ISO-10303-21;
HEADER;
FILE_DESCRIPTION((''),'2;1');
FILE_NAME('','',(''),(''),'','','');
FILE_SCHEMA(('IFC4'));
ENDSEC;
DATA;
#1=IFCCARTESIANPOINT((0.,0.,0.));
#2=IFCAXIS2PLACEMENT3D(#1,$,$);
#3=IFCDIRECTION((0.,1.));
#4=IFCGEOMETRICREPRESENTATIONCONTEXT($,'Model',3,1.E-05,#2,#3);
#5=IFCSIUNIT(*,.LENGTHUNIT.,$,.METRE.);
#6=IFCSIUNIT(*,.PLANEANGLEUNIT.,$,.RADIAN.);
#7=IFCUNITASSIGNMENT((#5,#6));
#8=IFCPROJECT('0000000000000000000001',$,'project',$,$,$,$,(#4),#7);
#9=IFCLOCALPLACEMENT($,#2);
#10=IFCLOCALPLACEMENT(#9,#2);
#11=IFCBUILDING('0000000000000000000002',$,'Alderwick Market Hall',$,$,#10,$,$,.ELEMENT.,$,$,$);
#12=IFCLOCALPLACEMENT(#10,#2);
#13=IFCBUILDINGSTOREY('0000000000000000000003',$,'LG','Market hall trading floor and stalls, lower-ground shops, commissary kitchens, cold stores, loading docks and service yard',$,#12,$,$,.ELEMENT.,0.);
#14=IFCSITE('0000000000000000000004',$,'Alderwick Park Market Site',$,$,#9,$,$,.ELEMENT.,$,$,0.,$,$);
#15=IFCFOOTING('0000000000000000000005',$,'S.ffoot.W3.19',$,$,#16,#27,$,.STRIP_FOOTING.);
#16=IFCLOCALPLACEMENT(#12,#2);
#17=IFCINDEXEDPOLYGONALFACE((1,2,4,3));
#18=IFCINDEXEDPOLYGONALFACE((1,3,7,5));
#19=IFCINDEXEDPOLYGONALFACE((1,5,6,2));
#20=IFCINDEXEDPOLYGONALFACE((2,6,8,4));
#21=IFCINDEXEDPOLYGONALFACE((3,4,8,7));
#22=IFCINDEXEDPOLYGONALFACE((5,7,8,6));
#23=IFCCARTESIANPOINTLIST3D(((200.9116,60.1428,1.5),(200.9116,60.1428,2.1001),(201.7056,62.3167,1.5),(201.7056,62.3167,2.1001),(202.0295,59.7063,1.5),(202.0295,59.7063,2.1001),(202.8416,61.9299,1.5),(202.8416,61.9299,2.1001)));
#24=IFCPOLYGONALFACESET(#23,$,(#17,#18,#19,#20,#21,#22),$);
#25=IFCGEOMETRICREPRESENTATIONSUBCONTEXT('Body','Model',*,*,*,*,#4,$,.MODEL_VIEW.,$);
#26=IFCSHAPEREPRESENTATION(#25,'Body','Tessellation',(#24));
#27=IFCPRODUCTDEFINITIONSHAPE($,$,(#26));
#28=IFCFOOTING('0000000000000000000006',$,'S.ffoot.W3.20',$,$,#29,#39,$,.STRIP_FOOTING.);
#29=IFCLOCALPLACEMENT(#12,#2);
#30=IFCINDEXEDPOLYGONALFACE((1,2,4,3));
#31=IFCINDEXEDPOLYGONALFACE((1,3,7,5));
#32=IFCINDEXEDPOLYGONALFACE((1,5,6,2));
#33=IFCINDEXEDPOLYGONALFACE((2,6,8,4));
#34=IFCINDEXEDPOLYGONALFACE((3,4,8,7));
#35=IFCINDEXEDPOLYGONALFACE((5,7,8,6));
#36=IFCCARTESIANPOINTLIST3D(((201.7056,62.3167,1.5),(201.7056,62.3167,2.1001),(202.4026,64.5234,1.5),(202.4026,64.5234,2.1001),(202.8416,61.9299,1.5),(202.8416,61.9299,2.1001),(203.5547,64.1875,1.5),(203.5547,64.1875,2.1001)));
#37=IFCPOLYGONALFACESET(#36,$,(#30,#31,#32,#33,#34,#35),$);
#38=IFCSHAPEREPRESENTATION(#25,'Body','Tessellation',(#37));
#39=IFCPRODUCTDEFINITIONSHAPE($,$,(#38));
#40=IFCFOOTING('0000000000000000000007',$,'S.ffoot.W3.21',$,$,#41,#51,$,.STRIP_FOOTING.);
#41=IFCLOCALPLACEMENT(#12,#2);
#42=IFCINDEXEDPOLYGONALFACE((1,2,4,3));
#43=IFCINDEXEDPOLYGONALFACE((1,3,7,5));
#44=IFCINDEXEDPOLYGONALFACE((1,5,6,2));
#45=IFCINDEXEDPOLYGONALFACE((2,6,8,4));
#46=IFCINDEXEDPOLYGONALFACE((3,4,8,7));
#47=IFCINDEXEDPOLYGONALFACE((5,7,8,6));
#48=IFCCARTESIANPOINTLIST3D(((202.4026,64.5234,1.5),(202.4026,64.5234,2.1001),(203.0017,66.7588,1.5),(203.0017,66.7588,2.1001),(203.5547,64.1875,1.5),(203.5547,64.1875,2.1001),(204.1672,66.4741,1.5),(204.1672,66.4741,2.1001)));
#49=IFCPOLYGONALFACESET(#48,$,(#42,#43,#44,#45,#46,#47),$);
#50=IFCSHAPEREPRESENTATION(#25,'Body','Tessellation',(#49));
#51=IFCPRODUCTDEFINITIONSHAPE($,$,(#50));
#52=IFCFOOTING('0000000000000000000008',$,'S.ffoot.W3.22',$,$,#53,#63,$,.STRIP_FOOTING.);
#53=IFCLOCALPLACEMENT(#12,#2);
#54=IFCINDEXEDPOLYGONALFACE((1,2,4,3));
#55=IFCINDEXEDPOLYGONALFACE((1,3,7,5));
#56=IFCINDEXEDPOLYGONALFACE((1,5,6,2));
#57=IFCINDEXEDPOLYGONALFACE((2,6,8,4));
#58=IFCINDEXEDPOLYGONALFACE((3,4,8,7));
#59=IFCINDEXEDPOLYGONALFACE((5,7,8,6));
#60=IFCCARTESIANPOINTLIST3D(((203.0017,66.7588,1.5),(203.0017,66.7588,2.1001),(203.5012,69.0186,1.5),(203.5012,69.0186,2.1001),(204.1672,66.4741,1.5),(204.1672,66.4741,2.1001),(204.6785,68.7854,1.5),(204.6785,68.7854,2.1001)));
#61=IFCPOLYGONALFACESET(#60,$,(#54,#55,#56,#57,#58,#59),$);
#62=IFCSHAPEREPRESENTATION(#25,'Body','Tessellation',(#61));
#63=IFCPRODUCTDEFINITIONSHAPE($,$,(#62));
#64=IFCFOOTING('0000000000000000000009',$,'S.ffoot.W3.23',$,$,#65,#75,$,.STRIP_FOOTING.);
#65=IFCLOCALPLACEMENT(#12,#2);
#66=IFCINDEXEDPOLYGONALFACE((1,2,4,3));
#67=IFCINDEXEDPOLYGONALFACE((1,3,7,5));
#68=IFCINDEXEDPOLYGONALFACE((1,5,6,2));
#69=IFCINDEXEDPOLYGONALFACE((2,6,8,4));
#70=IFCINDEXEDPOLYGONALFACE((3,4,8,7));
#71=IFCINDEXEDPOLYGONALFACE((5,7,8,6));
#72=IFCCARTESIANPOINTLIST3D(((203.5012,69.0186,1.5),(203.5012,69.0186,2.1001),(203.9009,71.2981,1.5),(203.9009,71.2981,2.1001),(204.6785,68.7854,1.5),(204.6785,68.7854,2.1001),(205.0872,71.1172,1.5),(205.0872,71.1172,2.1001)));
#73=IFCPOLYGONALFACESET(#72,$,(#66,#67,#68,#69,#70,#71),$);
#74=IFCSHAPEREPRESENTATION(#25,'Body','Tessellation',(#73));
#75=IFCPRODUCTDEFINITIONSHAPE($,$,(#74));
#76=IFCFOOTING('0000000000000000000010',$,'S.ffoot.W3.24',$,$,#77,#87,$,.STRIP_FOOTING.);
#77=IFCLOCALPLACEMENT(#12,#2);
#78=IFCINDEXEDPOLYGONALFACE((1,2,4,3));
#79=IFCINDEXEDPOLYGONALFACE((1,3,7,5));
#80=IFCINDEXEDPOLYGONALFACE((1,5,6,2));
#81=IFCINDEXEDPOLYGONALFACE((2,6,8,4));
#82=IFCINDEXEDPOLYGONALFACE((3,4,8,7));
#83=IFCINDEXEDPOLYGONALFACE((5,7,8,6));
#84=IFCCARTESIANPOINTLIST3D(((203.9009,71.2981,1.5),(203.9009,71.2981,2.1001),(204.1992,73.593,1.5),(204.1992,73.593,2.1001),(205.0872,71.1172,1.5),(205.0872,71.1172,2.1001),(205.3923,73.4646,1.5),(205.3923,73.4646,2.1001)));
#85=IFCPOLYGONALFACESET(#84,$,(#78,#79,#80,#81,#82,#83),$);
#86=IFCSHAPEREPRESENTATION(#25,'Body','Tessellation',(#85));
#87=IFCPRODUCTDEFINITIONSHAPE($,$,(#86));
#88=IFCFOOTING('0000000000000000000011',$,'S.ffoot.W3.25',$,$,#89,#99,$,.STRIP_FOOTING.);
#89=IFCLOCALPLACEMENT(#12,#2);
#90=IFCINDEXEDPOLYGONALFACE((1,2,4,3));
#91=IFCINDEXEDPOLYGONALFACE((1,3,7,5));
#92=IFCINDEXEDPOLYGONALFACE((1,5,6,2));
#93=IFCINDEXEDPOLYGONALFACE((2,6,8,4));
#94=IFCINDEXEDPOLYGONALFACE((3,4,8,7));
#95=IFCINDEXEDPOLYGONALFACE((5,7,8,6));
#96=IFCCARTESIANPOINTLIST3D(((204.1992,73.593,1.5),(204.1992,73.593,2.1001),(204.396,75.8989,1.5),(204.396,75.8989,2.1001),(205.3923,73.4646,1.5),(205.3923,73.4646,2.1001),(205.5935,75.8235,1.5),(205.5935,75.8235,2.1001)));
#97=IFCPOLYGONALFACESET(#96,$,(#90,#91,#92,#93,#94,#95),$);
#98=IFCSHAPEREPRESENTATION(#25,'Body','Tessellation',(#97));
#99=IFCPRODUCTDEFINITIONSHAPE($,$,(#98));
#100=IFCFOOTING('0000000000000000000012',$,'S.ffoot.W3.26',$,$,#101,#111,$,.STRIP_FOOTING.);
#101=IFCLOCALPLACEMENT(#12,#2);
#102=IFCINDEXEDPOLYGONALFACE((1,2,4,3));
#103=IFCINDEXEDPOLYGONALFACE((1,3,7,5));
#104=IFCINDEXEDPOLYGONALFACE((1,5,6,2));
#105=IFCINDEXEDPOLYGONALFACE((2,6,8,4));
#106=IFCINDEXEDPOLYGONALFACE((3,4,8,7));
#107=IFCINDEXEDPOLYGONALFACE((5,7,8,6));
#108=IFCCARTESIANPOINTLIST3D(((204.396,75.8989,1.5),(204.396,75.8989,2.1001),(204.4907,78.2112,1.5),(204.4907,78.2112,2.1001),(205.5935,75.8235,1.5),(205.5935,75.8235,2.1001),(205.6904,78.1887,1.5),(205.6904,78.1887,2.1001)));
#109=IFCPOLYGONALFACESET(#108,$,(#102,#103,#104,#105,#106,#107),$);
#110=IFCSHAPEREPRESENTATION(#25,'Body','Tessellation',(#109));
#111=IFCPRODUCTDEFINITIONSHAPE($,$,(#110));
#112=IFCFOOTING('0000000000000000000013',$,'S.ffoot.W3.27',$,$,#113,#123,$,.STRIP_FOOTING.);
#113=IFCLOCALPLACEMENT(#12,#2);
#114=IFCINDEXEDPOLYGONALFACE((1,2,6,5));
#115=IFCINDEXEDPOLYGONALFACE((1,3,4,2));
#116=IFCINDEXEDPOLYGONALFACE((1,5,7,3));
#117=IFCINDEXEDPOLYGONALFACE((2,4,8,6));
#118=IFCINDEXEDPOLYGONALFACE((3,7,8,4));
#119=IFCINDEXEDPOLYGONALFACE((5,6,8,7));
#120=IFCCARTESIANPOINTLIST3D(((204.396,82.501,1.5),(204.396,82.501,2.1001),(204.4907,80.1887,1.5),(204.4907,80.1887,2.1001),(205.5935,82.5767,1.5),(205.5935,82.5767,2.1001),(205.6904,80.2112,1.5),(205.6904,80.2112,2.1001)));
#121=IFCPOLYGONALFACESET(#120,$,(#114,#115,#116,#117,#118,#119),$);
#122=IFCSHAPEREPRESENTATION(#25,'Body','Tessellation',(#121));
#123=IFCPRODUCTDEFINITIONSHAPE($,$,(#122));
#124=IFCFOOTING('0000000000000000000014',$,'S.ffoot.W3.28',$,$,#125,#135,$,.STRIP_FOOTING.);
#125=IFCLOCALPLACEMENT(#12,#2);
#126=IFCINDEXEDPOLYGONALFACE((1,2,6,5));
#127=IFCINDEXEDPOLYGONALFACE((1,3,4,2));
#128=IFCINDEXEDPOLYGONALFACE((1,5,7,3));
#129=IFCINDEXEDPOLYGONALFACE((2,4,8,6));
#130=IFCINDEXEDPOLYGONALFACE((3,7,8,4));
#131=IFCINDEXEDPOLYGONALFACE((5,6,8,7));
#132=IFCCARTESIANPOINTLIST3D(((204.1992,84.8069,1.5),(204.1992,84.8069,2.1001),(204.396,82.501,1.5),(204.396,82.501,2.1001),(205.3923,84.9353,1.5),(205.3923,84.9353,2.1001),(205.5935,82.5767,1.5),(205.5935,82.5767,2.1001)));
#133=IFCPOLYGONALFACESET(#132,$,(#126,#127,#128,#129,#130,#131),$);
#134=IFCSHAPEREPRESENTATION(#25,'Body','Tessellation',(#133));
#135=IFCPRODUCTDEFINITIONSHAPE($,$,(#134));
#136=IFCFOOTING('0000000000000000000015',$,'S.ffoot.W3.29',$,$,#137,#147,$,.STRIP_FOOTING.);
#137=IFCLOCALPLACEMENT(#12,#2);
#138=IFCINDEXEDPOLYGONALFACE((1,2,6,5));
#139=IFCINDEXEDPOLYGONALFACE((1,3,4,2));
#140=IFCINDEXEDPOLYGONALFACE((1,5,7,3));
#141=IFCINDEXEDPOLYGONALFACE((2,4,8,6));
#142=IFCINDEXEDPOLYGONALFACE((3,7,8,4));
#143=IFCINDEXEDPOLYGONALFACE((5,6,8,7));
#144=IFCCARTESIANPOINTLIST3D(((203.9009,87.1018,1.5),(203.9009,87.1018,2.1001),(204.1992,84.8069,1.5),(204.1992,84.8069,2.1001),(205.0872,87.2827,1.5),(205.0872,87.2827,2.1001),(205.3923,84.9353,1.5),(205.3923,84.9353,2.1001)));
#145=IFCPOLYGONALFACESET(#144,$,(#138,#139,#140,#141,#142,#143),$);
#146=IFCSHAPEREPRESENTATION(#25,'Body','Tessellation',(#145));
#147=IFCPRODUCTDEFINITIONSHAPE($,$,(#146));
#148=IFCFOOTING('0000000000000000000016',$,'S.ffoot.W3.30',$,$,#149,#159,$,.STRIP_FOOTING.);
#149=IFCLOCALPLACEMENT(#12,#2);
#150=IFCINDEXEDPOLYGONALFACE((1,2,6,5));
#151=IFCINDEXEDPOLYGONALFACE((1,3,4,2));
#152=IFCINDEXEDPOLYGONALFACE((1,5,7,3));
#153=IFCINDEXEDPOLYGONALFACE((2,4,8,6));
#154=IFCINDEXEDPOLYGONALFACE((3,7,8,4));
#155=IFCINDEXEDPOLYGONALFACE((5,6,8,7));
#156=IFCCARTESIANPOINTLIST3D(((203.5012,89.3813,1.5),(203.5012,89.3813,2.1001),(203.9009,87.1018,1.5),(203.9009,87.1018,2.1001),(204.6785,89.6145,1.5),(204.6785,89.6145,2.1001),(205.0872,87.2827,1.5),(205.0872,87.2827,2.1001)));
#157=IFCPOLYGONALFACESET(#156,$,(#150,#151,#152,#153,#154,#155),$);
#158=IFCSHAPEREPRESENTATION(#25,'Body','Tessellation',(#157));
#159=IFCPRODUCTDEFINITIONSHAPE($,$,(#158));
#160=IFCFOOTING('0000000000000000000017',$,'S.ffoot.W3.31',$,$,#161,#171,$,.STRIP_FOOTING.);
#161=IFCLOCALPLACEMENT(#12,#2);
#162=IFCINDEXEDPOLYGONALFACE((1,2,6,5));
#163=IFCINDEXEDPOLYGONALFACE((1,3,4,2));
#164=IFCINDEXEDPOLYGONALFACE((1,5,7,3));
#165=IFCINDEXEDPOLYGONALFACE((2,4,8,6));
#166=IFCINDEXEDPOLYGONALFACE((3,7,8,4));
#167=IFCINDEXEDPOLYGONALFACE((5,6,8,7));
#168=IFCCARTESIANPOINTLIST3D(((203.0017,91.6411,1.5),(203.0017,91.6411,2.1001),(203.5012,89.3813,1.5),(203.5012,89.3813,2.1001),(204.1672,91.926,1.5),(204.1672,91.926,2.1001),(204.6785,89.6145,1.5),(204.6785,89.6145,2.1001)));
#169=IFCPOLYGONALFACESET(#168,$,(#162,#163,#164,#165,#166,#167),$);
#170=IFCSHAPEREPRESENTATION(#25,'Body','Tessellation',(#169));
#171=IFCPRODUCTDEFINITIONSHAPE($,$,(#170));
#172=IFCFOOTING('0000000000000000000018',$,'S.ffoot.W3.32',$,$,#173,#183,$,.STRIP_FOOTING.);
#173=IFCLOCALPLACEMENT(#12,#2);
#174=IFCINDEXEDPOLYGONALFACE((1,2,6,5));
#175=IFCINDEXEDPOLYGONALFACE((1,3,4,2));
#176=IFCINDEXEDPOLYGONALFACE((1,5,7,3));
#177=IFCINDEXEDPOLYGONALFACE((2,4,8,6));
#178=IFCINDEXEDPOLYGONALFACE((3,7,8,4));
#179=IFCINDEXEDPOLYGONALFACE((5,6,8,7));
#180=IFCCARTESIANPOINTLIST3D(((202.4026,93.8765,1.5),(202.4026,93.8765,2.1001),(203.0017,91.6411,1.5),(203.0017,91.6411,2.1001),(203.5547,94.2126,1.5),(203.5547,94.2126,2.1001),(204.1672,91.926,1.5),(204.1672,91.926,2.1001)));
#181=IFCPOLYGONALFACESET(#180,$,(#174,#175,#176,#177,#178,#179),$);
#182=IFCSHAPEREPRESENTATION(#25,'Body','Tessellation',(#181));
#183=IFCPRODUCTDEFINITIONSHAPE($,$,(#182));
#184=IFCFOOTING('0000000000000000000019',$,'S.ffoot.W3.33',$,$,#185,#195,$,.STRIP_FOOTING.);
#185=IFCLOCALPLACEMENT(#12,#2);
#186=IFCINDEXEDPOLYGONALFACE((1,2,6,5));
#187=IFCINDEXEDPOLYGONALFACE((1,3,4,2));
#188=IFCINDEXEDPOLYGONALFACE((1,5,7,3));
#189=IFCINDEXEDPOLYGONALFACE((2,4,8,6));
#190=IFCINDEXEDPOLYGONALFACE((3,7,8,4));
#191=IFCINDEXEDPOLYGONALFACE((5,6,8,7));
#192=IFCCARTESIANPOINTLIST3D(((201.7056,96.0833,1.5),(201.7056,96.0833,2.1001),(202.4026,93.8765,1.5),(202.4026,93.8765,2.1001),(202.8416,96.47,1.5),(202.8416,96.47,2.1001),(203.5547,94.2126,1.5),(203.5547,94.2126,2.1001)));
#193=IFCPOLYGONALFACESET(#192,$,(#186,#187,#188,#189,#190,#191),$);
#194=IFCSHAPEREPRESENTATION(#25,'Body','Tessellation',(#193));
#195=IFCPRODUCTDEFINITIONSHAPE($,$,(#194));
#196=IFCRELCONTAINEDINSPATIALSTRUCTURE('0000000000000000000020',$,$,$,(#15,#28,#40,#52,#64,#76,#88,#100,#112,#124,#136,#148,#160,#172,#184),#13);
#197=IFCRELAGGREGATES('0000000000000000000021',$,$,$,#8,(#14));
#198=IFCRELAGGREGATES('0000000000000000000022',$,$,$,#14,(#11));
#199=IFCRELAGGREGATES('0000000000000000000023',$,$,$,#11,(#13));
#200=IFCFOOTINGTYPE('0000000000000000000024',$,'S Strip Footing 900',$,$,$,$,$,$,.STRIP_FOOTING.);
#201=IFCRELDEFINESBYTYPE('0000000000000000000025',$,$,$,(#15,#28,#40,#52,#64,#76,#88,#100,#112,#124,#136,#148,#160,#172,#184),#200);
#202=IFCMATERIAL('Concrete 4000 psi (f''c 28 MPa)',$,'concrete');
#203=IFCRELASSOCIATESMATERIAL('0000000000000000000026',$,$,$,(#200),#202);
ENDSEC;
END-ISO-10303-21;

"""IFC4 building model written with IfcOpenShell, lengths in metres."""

from ifc_helpers import new_model, si_unit, direction, frame, origin, place, context, subcontext, project, spatial, polyline, outline, extrude, material, type_object, element, save


model = new_model("IFC4")

# Units and contexts
model_context = context("Model", 3, precision=1e-05, world=origin(), true_north=direction((0.0, 1.0)))
body_context = subcontext(model_context, "Body", "Model", "MODEL_VIEW")
ifc_project = project(units=[si_unit("LENGTHUNIT", "METRE"), si_unit("PLANEANGLEUNIT", "RADIAN")], contexts=[model_context])

# Site, building, storey
site_placement = place(None, origin())
site = spatial("IfcSite", under=ifc_project, at=site_placement, Name="Alderwick Park Market Site", CompositionType="ELEMENT", RefElevation=0.0)
building_placement = place(site_placement, origin())
building = spatial("IfcBuilding", under=site, at=building_placement, Name="Alderwick Market Hall", CompositionType="ELEMENT")
storey_placement = place(building_placement, origin())
storey = spatial("IfcBuildingStorey", under=building, at=storey_placement, Name="LG", Description="Market hall trading floor and stalls, lower-ground shops, commissary kitchens, cold stores, loading docks and service yard", CompositionType="ELEMENT", Elevation=0.0)

# Footings
ifc_material = material(Name="Concrete 4000 psi (f'c 28 MPa)", Category="concrete")
footing_type = type_object("IfcFootingType", Name="S Strip Footing 900", PredefinedType="STRIP_FOOTING", material=ifc_material)
footing_1_placement = place(storey_placement, frame((0.0, 0.0, 1.5)))
element("IfcFooting", 1, at=footing_1_placement, inside=storey, type_object=footing_type, Name="S.ffoot.W3.19", PredefinedType="STRIP_FOOTING", context=body_context, shape_type="SweptSolid", body=[
    extrude(outline(polyline([(202.0295, 59.7063), (202.8416, 61.9299), (201.7056, 62.3167), (200.9116, 60.1428), (202.0295, 59.7063)])), origin(), (0.0, 0.0, 1.0), 0.6001),
])
footing_2_placement = place(storey_placement, frame((0.0, 0.0, 1.5)))
element("IfcFooting", 2, at=footing_2_placement, inside=storey, type_object=footing_type, Name="S.ffoot.W3.20", PredefinedType="STRIP_FOOTING", context=body_context, shape_type="SweptSolid", body=[
    extrude(outline(polyline([(202.8416, 61.9299), (203.5547, 64.1875), (202.4026, 64.5234), (201.7056, 62.3167), (202.8416, 61.9299)])), origin(), (0.0, 0.0, 1.0), 0.6001),
])
footing_3_placement = place(storey_placement, frame((0.0, 0.0, 1.5)))
element("IfcFooting", 3, at=footing_3_placement, inside=storey, type_object=footing_type, Name="S.ffoot.W3.21", PredefinedType="STRIP_FOOTING", context=body_context, shape_type="SweptSolid", body=[
    extrude(outline(polyline([(203.5547, 64.1875), (204.1672, 66.4741), (203.0017, 66.7588), (202.4026, 64.5234), (203.5547, 64.1875)])), origin(), (0.0, 0.0, 1.0), 0.6001),
])
footing_4_placement = place(storey_placement, frame((0.0, 0.0, 1.5)))
element("IfcFooting", 4, at=footing_4_placement, inside=storey, type_object=footing_type, Name="S.ffoot.W3.22", PredefinedType="STRIP_FOOTING", context=body_context, shape_type="SweptSolid", body=[
    extrude(outline(polyline([(204.1672, 66.4741), (204.6785, 68.7854), (203.5012, 69.0186), (203.0017, 66.7588), (204.1672, 66.4741)])), origin(), (0.0, 0.0, 1.0), 0.6001),
])
footing_5_placement = place(storey_placement, frame((0.0, 0.0, 1.5)))
element("IfcFooting", 5, at=footing_5_placement, inside=storey, type_object=footing_type, Name="S.ffoot.W3.23", PredefinedType="STRIP_FOOTING", context=body_context, shape_type="SweptSolid", body=[
    extrude(outline(polyline([(204.6785, 68.7854), (205.0872, 71.1172), (203.9009, 71.2981), (203.5012, 69.0186), (204.6785, 68.7854)])), origin(), (0.0, 0.0, 1.0), 0.6001),
])
footing_6_placement = place(storey_placement, frame((0.0, 0.0, 1.5)))
element("IfcFooting", 6, at=footing_6_placement, inside=storey, type_object=footing_type, Name="S.ffoot.W3.24", PredefinedType="STRIP_FOOTING", context=body_context, shape_type="SweptSolid", body=[
    extrude(outline(polyline([(205.0872, 71.1172), (205.3923, 73.4646), (204.1992, 73.593), (203.9009, 71.2981), (205.0872, 71.1172)])), origin(), (0.0, 0.0, 1.0), 0.6001),
])
footing_7_placement = place(storey_placement, frame((0.0, 0.0, 1.5)))
element("IfcFooting", 7, at=footing_7_placement, inside=storey, type_object=footing_type, Name="S.ffoot.W3.25", PredefinedType="STRIP_FOOTING", context=body_context, shape_type="SweptSolid", body=[
    extrude(outline(polyline([(205.3923, 73.4646), (205.5935, 75.8235), (204.396, 75.8989), (204.1992, 73.593), (205.3923, 73.4646)])), origin(), (0.0, 0.0, 1.0), 0.6001),
])
footing_8_placement = place(storey_placement, frame((0.0, 0.0, 1.5)))
element("IfcFooting", 8, at=footing_8_placement, inside=storey, type_object=footing_type, Name="S.ffoot.W3.26", PredefinedType="STRIP_FOOTING", context=body_context, shape_type="SweptSolid", body=[
    extrude(outline(polyline([(205.5935, 75.8235), (205.6904, 78.1887), (204.4907, 78.2112), (204.396, 75.8989), (205.5935, 75.8235)])), origin(), (0.0, 0.0, 1.0), 0.6001),
])
footing_9_placement = place(storey_placement, frame((0.0, 0.0, 1.5)))
element("IfcFooting", 9, at=footing_9_placement, inside=storey, type_object=footing_type, Name="S.ffoot.W3.27", PredefinedType="STRIP_FOOTING", context=body_context, shape_type="SweptSolid", body=[
    extrude(outline(polyline([(205.6904, 80.2112), (205.5935, 82.5767), (204.396, 82.501), (204.4907, 80.1887), (205.6904, 80.2112)])), origin(), (0.0, 0.0, 1.0), 0.6001),
])
footing_10_placement = place(storey_placement, frame((0.0, 0.0, 1.5)))
element("IfcFooting", 10, at=footing_10_placement, inside=storey, type_object=footing_type, Name="S.ffoot.W3.28", PredefinedType="STRIP_FOOTING", context=body_context, shape_type="SweptSolid", body=[
    extrude(outline(polyline([(205.5935, 82.5767), (205.3923, 84.9353), (204.1992, 84.8069), (204.396, 82.501), (205.5935, 82.5767)])), origin(), (0.0, 0.0, 1.0), 0.6001),
])
footing_11_placement = place(storey_placement, frame((0.0, 0.0, 1.5)))
element("IfcFooting", 11, at=footing_11_placement, inside=storey, type_object=footing_type, Name="S.ffoot.W3.29", PredefinedType="STRIP_FOOTING", context=body_context, shape_type="SweptSolid", body=[
    extrude(outline(polyline([(205.3923, 84.9353), (205.0872, 87.2827), (203.9009, 87.1018), (204.1992, 84.8069), (205.3923, 84.9353)])), origin(), (0.0, 0.0, 1.0), 0.6001),
])
footing_12_placement = place(storey_placement, frame((0.0, 0.0, 1.5)))
element("IfcFooting", 12, at=footing_12_placement, inside=storey, type_object=footing_type, Name="S.ffoot.W3.30", PredefinedType="STRIP_FOOTING", context=body_context, shape_type="SweptSolid", body=[
    extrude(outline(polyline([(205.0872, 87.2827), (204.6785, 89.6145), (203.5012, 89.3813), (203.9009, 87.1018), (205.0872, 87.2827)])), origin(), (0.0, 0.0, 1.0), 0.6001),
])
footing_13_placement = place(storey_placement, frame((0.0, 0.0, 1.5)))
element("IfcFooting", 13, at=footing_13_placement, inside=storey, type_object=footing_type, Name="S.ffoot.W3.31", PredefinedType="STRIP_FOOTING", context=body_context, shape_type="SweptSolid", body=[
    extrude(outline(polyline([(204.6785, 89.6145), (204.1672, 91.926), (203.0017, 91.6411), (203.5012, 89.3813), (204.6785, 89.6145)])), origin(), (0.0, 0.0, 1.0), 0.6001),
])
footing_14_placement = place(storey_placement, frame((0.0, 0.0, 1.5)))
element("IfcFooting", 14, at=footing_14_placement, inside=storey, type_object=footing_type, Name="S.ffoot.W3.32", PredefinedType="STRIP_FOOTING", context=body_context, shape_type="SweptSolid", body=[
    extrude(outline(polyline([(204.1672, 91.926), (203.5547, 94.2126), (202.4026, 93.8765), (203.0017, 91.6411), (204.1672, 91.926)])), origin(), (0.0, 0.0, 1.0), 0.6001),
])
footing_15_placement = place(storey_placement, frame((0.0, 0.0, 1.5)))
element("IfcFooting", 15, at=footing_15_placement, inside=storey, type_object=footing_type, Name="S.ffoot.W3.33", PredefinedType="STRIP_FOOTING", context=body_context, shape_type="SweptSolid", body=[
    extrude(outline(polyline([(203.5547, 94.2126), (202.8416, 96.47), (201.7056, 96.0833), (202.4026, 93.8765), (203.5547, 94.2126)])), origin(), (0.0, 0.0, 1.0), 0.6001),
])

save(model, "model.ifc")
